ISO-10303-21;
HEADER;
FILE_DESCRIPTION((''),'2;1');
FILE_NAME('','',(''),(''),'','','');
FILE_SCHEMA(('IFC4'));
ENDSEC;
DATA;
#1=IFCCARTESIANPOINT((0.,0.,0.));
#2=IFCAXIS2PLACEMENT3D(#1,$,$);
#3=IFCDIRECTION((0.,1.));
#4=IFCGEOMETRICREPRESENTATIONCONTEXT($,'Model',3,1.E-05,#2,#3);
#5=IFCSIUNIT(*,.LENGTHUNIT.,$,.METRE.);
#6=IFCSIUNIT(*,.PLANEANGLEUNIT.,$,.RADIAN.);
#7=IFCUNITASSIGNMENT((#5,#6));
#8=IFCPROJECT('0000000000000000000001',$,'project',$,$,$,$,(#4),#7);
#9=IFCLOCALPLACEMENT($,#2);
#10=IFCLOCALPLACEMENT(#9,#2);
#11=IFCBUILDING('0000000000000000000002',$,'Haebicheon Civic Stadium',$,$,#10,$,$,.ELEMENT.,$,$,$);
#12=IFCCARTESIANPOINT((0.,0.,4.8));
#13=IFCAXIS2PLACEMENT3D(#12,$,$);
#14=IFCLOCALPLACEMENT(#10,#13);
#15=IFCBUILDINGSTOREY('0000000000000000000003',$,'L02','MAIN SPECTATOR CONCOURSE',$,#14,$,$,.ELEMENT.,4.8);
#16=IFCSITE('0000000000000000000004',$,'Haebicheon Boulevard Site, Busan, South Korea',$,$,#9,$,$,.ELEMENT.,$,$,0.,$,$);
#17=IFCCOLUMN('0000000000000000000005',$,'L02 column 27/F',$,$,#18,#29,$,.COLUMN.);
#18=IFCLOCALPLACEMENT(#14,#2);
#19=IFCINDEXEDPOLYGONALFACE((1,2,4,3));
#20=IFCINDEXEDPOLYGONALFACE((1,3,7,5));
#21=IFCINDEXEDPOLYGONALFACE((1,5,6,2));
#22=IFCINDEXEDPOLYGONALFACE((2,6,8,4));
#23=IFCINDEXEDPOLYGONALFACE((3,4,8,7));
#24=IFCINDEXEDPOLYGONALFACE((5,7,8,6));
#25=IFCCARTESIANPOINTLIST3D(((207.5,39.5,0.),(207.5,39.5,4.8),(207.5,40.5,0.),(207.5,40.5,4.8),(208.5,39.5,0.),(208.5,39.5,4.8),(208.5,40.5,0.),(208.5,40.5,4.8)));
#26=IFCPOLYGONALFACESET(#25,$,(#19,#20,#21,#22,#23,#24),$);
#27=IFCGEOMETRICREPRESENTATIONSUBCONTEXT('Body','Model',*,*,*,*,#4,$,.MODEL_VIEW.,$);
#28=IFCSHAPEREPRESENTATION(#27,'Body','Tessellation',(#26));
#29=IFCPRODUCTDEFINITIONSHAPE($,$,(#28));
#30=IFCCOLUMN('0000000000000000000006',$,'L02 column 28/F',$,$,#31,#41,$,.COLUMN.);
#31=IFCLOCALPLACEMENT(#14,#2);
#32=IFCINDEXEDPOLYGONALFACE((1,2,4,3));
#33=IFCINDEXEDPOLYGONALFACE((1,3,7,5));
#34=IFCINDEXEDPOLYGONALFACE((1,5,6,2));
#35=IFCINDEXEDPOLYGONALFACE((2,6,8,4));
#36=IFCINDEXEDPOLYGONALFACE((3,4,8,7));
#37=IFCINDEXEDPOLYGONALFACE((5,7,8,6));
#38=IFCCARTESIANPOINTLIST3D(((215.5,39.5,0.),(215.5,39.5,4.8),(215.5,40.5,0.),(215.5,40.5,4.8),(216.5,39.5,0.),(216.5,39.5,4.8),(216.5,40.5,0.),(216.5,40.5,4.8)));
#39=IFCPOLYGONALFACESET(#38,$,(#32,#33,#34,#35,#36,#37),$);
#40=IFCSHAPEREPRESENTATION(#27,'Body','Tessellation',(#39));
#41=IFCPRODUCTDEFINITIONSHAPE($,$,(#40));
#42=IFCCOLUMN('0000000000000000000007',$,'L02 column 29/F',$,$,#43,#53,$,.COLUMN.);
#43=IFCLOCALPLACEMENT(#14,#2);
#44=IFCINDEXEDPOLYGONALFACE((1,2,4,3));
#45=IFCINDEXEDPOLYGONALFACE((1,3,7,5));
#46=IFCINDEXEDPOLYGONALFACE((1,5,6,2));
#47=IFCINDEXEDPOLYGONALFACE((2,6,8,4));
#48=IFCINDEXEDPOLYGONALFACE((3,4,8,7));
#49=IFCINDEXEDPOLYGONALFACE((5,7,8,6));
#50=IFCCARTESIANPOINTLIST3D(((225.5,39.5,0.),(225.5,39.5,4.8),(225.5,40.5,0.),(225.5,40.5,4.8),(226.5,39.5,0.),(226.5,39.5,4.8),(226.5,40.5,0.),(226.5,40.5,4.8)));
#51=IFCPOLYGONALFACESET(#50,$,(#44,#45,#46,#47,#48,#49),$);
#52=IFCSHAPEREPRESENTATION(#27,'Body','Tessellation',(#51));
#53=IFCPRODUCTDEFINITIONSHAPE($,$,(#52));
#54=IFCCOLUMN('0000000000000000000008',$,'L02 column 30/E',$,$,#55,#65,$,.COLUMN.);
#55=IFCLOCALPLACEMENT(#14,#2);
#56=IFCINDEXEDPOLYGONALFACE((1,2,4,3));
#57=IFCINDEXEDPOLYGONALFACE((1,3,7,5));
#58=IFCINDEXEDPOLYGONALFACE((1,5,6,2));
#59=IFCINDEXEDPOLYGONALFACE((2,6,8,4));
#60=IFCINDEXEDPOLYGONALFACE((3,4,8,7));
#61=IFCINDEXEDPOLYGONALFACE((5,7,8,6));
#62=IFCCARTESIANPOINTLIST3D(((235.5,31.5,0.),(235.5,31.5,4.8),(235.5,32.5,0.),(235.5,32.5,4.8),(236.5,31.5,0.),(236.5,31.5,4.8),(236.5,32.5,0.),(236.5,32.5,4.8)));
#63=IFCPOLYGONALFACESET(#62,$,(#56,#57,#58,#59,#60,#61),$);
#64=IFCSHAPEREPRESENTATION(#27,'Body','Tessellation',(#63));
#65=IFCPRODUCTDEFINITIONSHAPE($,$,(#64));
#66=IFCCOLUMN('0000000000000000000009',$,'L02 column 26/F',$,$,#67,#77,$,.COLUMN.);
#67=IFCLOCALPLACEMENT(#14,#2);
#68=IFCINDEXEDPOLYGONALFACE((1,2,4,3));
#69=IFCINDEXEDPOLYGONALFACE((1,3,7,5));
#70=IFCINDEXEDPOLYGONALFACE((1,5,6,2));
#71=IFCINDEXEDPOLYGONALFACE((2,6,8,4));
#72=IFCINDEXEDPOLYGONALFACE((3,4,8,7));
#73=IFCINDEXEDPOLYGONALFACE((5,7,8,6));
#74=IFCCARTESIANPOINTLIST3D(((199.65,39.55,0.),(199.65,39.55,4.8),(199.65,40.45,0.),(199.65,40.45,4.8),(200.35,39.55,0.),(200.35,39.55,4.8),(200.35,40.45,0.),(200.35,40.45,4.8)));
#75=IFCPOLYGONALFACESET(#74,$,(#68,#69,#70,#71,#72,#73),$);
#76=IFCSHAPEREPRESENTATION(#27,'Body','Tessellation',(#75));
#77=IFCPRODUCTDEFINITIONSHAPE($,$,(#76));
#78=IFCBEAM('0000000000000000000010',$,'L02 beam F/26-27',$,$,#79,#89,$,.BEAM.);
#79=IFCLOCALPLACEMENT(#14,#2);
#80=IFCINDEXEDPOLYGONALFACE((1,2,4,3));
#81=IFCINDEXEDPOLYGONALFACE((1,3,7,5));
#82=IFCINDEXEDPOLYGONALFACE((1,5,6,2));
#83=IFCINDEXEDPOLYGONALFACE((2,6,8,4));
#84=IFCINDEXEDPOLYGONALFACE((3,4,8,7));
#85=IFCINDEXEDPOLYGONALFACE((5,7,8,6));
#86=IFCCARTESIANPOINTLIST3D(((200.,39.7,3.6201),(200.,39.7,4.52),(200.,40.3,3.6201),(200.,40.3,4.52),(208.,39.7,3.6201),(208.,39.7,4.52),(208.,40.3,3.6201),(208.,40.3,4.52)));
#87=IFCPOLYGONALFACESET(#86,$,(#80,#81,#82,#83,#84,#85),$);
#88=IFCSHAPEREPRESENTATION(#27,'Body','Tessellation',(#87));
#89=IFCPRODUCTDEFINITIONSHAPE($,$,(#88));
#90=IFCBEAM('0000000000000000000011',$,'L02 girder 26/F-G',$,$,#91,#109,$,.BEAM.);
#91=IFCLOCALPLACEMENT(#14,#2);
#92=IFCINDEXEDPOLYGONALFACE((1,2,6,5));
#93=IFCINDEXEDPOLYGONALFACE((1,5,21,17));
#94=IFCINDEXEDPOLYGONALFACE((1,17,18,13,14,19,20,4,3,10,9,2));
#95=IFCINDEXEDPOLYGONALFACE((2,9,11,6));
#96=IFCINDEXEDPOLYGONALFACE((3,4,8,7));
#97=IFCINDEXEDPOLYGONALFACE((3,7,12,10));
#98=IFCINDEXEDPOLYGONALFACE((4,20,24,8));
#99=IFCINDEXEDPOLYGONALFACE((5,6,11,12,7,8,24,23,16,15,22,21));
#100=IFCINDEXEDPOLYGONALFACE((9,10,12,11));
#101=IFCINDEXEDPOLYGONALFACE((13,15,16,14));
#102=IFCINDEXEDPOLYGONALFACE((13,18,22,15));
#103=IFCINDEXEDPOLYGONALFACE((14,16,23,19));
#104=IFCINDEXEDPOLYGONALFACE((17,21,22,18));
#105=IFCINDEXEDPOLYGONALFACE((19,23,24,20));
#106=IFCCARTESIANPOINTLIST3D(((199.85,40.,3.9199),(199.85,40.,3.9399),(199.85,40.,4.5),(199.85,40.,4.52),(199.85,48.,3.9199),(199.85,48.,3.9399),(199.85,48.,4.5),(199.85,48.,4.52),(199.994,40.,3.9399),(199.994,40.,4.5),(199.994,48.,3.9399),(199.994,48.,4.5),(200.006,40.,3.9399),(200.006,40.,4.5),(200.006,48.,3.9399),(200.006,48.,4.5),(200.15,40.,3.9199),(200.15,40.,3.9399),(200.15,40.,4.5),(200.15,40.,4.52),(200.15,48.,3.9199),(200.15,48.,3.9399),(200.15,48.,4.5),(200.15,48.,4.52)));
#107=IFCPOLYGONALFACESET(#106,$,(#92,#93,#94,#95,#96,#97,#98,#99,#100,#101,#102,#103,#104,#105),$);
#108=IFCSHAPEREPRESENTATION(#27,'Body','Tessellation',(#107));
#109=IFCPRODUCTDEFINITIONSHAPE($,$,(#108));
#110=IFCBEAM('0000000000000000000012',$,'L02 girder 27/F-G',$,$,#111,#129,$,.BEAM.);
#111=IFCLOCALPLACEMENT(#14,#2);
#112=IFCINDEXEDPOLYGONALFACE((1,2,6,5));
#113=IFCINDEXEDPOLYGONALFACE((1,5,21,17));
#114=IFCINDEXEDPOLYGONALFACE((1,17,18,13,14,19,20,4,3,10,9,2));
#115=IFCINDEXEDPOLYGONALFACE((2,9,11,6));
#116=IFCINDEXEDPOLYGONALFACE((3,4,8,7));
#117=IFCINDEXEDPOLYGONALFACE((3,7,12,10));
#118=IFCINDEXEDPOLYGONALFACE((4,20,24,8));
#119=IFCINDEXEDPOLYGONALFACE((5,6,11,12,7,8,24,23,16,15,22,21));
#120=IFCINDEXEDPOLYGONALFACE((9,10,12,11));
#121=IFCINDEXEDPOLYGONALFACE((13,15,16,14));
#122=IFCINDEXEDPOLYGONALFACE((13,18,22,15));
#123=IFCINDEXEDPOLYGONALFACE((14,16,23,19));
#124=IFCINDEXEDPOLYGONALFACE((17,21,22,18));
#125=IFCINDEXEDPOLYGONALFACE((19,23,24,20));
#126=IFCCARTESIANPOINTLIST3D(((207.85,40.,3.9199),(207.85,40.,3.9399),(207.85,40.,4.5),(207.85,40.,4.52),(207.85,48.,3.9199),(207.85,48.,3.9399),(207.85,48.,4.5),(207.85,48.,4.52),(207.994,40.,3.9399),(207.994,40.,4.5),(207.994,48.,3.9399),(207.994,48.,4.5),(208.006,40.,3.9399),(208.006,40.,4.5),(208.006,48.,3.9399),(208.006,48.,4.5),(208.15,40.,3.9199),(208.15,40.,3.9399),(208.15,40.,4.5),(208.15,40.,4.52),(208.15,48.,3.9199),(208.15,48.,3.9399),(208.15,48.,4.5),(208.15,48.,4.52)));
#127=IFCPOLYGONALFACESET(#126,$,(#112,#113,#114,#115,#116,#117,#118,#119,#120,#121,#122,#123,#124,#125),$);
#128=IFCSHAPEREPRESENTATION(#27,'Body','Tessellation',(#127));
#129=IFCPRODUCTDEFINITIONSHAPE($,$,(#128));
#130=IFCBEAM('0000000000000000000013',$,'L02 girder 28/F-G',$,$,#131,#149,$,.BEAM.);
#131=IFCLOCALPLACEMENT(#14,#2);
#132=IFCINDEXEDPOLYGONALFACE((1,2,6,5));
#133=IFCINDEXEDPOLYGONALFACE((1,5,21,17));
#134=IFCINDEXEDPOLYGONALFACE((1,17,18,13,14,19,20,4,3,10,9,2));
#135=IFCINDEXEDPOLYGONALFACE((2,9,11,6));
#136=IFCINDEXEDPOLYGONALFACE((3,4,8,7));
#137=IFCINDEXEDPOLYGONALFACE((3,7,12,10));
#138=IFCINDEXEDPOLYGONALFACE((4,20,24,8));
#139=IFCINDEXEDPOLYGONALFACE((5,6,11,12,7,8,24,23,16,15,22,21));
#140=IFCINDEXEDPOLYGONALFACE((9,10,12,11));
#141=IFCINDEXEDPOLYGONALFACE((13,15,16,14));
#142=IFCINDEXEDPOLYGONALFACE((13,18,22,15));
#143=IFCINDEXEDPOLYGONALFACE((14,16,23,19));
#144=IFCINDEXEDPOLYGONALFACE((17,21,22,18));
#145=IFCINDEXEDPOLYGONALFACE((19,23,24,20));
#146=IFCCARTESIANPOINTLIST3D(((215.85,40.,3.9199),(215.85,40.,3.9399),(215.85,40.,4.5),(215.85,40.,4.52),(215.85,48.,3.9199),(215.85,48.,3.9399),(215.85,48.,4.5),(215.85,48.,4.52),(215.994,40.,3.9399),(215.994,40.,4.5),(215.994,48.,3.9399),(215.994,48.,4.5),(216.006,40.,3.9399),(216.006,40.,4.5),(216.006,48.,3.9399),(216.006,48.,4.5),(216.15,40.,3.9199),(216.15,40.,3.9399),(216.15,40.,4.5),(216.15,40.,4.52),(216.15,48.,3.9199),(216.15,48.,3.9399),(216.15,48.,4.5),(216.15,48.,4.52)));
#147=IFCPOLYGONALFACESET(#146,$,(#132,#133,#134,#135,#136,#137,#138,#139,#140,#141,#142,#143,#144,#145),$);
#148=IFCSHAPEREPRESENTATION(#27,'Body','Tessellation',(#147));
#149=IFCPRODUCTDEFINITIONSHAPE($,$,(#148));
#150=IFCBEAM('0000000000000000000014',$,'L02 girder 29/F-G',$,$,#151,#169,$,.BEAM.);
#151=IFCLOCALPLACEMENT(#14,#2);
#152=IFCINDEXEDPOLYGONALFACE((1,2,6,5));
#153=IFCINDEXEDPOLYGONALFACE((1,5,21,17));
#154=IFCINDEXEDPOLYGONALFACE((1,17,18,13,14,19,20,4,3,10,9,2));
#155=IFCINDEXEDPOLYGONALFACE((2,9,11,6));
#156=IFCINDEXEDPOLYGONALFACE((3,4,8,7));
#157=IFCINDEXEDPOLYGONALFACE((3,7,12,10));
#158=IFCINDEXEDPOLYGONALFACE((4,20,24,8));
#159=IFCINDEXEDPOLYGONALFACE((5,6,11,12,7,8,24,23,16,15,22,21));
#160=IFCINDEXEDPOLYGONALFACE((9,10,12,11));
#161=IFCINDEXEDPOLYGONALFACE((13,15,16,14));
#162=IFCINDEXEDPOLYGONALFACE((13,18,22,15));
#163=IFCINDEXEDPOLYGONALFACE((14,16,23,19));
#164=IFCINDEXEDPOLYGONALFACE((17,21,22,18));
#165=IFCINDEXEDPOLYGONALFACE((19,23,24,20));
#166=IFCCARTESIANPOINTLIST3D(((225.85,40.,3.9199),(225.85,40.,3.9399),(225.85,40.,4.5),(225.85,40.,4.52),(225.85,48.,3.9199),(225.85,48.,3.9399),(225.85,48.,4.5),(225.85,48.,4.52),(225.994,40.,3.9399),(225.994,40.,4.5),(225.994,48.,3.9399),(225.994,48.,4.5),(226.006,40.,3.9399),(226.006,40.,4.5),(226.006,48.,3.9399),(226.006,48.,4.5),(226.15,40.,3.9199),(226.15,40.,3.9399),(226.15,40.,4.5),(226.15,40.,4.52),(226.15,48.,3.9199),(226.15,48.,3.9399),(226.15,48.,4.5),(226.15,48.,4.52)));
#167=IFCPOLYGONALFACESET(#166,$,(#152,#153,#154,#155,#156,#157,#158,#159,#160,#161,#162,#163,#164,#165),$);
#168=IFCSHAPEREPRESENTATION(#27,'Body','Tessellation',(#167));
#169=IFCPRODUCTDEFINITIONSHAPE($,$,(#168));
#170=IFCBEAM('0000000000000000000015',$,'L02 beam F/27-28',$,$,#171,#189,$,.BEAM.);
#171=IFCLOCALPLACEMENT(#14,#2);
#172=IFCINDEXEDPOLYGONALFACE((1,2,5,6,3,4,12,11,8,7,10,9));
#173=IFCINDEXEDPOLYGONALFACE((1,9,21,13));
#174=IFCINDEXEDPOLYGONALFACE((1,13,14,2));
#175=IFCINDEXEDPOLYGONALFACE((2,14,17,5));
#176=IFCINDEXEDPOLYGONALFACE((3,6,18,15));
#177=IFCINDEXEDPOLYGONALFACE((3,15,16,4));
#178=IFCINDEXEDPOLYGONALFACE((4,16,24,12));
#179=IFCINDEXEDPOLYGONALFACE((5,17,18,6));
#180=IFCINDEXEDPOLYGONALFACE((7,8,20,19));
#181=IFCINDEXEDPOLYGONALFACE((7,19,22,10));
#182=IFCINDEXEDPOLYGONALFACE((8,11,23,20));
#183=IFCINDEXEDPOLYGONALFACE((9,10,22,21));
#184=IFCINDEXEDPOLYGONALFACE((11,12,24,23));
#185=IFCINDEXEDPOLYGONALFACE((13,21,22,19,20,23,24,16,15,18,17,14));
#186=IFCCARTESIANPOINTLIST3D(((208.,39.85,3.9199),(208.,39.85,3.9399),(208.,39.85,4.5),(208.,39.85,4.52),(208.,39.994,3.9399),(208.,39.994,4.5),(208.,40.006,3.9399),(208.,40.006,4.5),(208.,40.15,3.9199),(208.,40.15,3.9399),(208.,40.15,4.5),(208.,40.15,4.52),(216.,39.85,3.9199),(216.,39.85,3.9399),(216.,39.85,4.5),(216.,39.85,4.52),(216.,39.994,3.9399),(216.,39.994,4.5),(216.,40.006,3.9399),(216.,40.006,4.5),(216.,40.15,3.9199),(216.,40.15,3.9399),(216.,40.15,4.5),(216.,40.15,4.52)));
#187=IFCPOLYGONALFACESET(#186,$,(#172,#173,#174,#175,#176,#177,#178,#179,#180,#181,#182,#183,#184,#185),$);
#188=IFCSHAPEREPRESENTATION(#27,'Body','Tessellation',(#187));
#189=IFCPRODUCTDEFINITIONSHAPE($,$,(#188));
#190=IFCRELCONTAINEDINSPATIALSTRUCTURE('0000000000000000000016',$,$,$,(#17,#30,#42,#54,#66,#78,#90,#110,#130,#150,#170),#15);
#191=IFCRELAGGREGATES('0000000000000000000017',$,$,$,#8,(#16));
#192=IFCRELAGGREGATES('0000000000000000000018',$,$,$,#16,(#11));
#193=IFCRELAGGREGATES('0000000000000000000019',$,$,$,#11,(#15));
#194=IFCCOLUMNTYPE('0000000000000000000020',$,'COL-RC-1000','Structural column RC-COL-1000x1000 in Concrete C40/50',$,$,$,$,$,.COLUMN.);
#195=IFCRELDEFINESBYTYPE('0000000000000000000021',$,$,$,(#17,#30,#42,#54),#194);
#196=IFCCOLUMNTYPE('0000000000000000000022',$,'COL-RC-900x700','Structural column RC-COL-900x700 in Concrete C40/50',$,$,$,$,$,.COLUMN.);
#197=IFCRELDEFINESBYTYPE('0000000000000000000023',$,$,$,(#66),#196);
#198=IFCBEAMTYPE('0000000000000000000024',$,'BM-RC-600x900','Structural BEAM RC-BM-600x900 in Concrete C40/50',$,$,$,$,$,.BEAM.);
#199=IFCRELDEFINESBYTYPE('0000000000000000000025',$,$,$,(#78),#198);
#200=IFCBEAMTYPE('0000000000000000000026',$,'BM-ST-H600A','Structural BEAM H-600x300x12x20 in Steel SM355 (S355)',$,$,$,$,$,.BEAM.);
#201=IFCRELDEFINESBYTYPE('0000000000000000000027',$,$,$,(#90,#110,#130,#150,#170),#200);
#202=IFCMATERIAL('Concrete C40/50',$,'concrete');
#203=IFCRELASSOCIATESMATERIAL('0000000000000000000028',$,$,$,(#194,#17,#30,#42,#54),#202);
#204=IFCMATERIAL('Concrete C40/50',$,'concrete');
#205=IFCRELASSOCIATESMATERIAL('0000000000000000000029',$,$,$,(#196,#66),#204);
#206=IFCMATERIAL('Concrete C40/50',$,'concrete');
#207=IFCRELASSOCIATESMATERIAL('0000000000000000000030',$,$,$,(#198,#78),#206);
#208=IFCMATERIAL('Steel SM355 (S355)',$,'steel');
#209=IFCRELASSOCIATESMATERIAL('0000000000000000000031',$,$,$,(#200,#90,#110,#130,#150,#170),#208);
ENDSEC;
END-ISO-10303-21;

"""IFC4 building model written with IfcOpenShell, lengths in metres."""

from ifc_helpers import new_model, si_unit, direction, frame, origin, origin_2d, place, context, subcontext, project, spatial, rectangle, i_section, extrude, material, material_profile, profile_set, type_object, element, save


model = new_model("IFC4")

# Units and contexts
model_context = context("Model", 3, precision=1e-05, world=origin(), true_north=direction((0.0, 1.0)))
body_context = subcontext(model_context, "Body", "Model", "MODEL_VIEW")
ifc_project = project(units=[si_unit("LENGTHUNIT", "METRE"), si_unit("PLANEANGLEUNIT", "RADIAN")], contexts=[model_context])

# Site, building, storey
site_placement = place(None, origin())
site = spatial("IfcSite", under=ifc_project, at=site_placement, Name="Haebicheon Boulevard Site, Busan, South Korea", CompositionType="ELEMENT", RefElevation=0.0)
building_placement = place(site_placement, origin())
building = spatial("IfcBuilding", under=site, at=building_placement, Name="Haebicheon Civic Stadium", CompositionType="ELEMENT")
storey_placement = place(building_placement, frame((0.0, 0.0, 4.8)))
storey = spatial("IfcBuildingStorey", under=building, at=storey_placement, Name="L02", Description="MAIN SPECTATOR CONCOURSE", CompositionType="ELEMENT", Elevation=4.8)

# Columns
ifc_material_1 = material(Name="Concrete C40/50", Category="concrete")
ifc_material_profile_1 = material_profile(ifc_material_1, rectangle(XDim=1.0, YDim=1.0, at=origin_2d()), Name="RC-COL-1000x1000")
ifc_profile_set_1 = profile_set([ifc_material_profile_1], Name="Concrete C40/50")
column_type_1 = type_object("IfcColumnType", Name="COL-RC-1000", Description="Structural column RC-COL-1000x1000 in Concrete C40/50", PredefinedType="COLUMN", material=ifc_profile_set_1)
for number, where, z_axis, x_axis, name in (
    (1, (208.0, 40.0, 0.0), (0.0, 0.0, 1.0), (1.0, 0.0, 0.0), "L02 column 27/F"),
    (2, (216.0, 40.0, 0.0), (0.0, 0.0, 1.0), (1.0, 0.0, 0.0), "L02 column 28/F"),
    (3, (226.0, 40.0, 0.0), (0.0, 0.0, 1.0), (1.0, 0.0, 0.0), "L02 column 29/F"),
    (4, (236.0, 32.0, 0.0), (0.0, 0.0, 1.0), (1.0, 0.0, 0.0), "L02 column 30/E"),
):
    element("IfcColumn", number, at=place(storey_placement, frame(where, z_axis=z_axis, x_axis=x_axis)), inside=storey, type_object=column_type_1, material=ifc_profile_set_1, Name=name, PredefinedType="COLUMN", context=body_context, shape_type="SweptSolid", body=[
        extrude(rectangle(XDim=1.0, YDim=1.0, at=origin_2d()), origin(), (0.0, 0.0, 1.0), 4.8),
    ])
ifc_material_2 = material(Name="Concrete C40/50", Category="concrete")
ifc_material_profile_2 = material_profile(ifc_material_2, rectangle(XDim=0.7, YDim=0.8999, at=origin_2d()), Name="RC-COL-900x700")
ifc_profile_set_2 = profile_set([ifc_material_profile_2], Name="Concrete C40/50")
column_type_2 = type_object("IfcColumnType", Name="COL-RC-900x700", Description="Structural column RC-COL-900x700 in Concrete C40/50", PredefinedType="COLUMN", material=ifc_profile_set_2)
column_placement = place(storey_placement, frame((200.0, 40.0, 0.0), z_axis=(0.0, 0.0, 1.0), x_axis=(1.0, 0.0, 0.0)))
element("IfcColumn", 5, at=column_placement, inside=storey, type_object=column_type_2, material=ifc_profile_set_2, Name="L02 column 26/F", PredefinedType="COLUMN", context=body_context, shape_type="SweptSolid", body=[
    extrude(rectangle(XDim=0.7, YDim=0.8999, at=origin_2d()), origin(), (0.0, 0.0, 1.0), 4.8),
])

# Beams
ifc_material_3 = material(Name="Concrete C40/50", Category="concrete")
ifc_material_profile_3 = material_profile(ifc_material_3, rectangle(XDim=0.6001, YDim=0.8999, at=origin_2d()), Name="RC-BM-600x900")
ifc_profile_set_3 = profile_set([ifc_material_profile_3], Name="Concrete C40/50")
beam_type_1 = type_object("IfcBeamType", Name="BM-RC-600x900", Description="Structural BEAM RC-BM-600x900 in Concrete C40/50", PredefinedType="BEAM", material=ifc_profile_set_3)
beam_1_placement = place(storey_placement, frame((200.0, 40.0, 4.0701), z_axis=(1.0, 0.0, 0.0), x_axis=(0.0, 1.0, 0.0)))
element("IfcBeam", 6, at=beam_1_placement, inside=storey, type_object=beam_type_1, material=ifc_profile_set_3, Name="L02 beam F/26-27", PredefinedType="BEAM", context=body_context, shape_type="SweptSolid", body=[
    extrude(rectangle(XDim=0.6001, YDim=0.8999, at=origin_2d()), origin(), (0.0, 0.0, 1.0), 8.0),
])
ifc_material_4 = material(Name="Steel SM355 (S355)", Category="steel")
ifc_material_profile_4 = material_profile(ifc_material_4, i_section(OverallWidth=0.3, OverallDepth=0.6001, WebThickness=0.012, FlangeThickness=0.02, at=origin_2d()), Name="H-600x300x12x20")
ifc_profile_set_4 = profile_set([ifc_material_profile_4], Name="Steel SM355 (S355)")
beam_type_2 = type_object("IfcBeamType", Name="BM-ST-H600A", Description="Structural BEAM H-600x300x12x20 in Steel SM355 (S355)", PredefinedType="BEAM", material=ifc_profile_set_4)
for number, where, z_axis, x_axis, name in (
    (7, (200.0, 40.0, 4.22), (0.0, 1.0, 0.0), (-1.0, 0.0, 0.0), "L02 girder 26/F-G"),
    (8, (208.0, 40.0, 4.22), (0.0, 1.0, 0.0), (-1.0, 0.0, 0.0), "L02 girder 27/F-G"),
    (9, (216.0, 40.0, 4.22), (0.0, 1.0, 0.0), (-1.0, 0.0, 0.0), "L02 girder 28/F-G"),
    (10, (226.0, 40.0, 4.22), (0.0, 1.0, 0.0), (-1.0, 0.0, 0.0), "L02 girder 29/F-G"),
    (11, (208.0, 40.0, 4.22), (1.0, 0.0, 0.0), (0.0, 1.0, 0.0), "L02 beam F/27-28"),
):
    element("IfcBeam", number, at=place(storey_placement, frame(where, z_axis=z_axis, x_axis=x_axis)), inside=storey, type_object=beam_type_2, material=ifc_profile_set_4, Name=name, PredefinedType="BEAM", context=body_context, shape_type="SweptSolid", body=[
        extrude(i_section(OverallWidth=0.3, OverallDepth=0.6001, WebThickness=0.012, FlangeThickness=0.02, at=origin_2d()), origin(), (0.0, 0.0, 1.0), 8.0),
    ])

save(model, "model.ifc")
